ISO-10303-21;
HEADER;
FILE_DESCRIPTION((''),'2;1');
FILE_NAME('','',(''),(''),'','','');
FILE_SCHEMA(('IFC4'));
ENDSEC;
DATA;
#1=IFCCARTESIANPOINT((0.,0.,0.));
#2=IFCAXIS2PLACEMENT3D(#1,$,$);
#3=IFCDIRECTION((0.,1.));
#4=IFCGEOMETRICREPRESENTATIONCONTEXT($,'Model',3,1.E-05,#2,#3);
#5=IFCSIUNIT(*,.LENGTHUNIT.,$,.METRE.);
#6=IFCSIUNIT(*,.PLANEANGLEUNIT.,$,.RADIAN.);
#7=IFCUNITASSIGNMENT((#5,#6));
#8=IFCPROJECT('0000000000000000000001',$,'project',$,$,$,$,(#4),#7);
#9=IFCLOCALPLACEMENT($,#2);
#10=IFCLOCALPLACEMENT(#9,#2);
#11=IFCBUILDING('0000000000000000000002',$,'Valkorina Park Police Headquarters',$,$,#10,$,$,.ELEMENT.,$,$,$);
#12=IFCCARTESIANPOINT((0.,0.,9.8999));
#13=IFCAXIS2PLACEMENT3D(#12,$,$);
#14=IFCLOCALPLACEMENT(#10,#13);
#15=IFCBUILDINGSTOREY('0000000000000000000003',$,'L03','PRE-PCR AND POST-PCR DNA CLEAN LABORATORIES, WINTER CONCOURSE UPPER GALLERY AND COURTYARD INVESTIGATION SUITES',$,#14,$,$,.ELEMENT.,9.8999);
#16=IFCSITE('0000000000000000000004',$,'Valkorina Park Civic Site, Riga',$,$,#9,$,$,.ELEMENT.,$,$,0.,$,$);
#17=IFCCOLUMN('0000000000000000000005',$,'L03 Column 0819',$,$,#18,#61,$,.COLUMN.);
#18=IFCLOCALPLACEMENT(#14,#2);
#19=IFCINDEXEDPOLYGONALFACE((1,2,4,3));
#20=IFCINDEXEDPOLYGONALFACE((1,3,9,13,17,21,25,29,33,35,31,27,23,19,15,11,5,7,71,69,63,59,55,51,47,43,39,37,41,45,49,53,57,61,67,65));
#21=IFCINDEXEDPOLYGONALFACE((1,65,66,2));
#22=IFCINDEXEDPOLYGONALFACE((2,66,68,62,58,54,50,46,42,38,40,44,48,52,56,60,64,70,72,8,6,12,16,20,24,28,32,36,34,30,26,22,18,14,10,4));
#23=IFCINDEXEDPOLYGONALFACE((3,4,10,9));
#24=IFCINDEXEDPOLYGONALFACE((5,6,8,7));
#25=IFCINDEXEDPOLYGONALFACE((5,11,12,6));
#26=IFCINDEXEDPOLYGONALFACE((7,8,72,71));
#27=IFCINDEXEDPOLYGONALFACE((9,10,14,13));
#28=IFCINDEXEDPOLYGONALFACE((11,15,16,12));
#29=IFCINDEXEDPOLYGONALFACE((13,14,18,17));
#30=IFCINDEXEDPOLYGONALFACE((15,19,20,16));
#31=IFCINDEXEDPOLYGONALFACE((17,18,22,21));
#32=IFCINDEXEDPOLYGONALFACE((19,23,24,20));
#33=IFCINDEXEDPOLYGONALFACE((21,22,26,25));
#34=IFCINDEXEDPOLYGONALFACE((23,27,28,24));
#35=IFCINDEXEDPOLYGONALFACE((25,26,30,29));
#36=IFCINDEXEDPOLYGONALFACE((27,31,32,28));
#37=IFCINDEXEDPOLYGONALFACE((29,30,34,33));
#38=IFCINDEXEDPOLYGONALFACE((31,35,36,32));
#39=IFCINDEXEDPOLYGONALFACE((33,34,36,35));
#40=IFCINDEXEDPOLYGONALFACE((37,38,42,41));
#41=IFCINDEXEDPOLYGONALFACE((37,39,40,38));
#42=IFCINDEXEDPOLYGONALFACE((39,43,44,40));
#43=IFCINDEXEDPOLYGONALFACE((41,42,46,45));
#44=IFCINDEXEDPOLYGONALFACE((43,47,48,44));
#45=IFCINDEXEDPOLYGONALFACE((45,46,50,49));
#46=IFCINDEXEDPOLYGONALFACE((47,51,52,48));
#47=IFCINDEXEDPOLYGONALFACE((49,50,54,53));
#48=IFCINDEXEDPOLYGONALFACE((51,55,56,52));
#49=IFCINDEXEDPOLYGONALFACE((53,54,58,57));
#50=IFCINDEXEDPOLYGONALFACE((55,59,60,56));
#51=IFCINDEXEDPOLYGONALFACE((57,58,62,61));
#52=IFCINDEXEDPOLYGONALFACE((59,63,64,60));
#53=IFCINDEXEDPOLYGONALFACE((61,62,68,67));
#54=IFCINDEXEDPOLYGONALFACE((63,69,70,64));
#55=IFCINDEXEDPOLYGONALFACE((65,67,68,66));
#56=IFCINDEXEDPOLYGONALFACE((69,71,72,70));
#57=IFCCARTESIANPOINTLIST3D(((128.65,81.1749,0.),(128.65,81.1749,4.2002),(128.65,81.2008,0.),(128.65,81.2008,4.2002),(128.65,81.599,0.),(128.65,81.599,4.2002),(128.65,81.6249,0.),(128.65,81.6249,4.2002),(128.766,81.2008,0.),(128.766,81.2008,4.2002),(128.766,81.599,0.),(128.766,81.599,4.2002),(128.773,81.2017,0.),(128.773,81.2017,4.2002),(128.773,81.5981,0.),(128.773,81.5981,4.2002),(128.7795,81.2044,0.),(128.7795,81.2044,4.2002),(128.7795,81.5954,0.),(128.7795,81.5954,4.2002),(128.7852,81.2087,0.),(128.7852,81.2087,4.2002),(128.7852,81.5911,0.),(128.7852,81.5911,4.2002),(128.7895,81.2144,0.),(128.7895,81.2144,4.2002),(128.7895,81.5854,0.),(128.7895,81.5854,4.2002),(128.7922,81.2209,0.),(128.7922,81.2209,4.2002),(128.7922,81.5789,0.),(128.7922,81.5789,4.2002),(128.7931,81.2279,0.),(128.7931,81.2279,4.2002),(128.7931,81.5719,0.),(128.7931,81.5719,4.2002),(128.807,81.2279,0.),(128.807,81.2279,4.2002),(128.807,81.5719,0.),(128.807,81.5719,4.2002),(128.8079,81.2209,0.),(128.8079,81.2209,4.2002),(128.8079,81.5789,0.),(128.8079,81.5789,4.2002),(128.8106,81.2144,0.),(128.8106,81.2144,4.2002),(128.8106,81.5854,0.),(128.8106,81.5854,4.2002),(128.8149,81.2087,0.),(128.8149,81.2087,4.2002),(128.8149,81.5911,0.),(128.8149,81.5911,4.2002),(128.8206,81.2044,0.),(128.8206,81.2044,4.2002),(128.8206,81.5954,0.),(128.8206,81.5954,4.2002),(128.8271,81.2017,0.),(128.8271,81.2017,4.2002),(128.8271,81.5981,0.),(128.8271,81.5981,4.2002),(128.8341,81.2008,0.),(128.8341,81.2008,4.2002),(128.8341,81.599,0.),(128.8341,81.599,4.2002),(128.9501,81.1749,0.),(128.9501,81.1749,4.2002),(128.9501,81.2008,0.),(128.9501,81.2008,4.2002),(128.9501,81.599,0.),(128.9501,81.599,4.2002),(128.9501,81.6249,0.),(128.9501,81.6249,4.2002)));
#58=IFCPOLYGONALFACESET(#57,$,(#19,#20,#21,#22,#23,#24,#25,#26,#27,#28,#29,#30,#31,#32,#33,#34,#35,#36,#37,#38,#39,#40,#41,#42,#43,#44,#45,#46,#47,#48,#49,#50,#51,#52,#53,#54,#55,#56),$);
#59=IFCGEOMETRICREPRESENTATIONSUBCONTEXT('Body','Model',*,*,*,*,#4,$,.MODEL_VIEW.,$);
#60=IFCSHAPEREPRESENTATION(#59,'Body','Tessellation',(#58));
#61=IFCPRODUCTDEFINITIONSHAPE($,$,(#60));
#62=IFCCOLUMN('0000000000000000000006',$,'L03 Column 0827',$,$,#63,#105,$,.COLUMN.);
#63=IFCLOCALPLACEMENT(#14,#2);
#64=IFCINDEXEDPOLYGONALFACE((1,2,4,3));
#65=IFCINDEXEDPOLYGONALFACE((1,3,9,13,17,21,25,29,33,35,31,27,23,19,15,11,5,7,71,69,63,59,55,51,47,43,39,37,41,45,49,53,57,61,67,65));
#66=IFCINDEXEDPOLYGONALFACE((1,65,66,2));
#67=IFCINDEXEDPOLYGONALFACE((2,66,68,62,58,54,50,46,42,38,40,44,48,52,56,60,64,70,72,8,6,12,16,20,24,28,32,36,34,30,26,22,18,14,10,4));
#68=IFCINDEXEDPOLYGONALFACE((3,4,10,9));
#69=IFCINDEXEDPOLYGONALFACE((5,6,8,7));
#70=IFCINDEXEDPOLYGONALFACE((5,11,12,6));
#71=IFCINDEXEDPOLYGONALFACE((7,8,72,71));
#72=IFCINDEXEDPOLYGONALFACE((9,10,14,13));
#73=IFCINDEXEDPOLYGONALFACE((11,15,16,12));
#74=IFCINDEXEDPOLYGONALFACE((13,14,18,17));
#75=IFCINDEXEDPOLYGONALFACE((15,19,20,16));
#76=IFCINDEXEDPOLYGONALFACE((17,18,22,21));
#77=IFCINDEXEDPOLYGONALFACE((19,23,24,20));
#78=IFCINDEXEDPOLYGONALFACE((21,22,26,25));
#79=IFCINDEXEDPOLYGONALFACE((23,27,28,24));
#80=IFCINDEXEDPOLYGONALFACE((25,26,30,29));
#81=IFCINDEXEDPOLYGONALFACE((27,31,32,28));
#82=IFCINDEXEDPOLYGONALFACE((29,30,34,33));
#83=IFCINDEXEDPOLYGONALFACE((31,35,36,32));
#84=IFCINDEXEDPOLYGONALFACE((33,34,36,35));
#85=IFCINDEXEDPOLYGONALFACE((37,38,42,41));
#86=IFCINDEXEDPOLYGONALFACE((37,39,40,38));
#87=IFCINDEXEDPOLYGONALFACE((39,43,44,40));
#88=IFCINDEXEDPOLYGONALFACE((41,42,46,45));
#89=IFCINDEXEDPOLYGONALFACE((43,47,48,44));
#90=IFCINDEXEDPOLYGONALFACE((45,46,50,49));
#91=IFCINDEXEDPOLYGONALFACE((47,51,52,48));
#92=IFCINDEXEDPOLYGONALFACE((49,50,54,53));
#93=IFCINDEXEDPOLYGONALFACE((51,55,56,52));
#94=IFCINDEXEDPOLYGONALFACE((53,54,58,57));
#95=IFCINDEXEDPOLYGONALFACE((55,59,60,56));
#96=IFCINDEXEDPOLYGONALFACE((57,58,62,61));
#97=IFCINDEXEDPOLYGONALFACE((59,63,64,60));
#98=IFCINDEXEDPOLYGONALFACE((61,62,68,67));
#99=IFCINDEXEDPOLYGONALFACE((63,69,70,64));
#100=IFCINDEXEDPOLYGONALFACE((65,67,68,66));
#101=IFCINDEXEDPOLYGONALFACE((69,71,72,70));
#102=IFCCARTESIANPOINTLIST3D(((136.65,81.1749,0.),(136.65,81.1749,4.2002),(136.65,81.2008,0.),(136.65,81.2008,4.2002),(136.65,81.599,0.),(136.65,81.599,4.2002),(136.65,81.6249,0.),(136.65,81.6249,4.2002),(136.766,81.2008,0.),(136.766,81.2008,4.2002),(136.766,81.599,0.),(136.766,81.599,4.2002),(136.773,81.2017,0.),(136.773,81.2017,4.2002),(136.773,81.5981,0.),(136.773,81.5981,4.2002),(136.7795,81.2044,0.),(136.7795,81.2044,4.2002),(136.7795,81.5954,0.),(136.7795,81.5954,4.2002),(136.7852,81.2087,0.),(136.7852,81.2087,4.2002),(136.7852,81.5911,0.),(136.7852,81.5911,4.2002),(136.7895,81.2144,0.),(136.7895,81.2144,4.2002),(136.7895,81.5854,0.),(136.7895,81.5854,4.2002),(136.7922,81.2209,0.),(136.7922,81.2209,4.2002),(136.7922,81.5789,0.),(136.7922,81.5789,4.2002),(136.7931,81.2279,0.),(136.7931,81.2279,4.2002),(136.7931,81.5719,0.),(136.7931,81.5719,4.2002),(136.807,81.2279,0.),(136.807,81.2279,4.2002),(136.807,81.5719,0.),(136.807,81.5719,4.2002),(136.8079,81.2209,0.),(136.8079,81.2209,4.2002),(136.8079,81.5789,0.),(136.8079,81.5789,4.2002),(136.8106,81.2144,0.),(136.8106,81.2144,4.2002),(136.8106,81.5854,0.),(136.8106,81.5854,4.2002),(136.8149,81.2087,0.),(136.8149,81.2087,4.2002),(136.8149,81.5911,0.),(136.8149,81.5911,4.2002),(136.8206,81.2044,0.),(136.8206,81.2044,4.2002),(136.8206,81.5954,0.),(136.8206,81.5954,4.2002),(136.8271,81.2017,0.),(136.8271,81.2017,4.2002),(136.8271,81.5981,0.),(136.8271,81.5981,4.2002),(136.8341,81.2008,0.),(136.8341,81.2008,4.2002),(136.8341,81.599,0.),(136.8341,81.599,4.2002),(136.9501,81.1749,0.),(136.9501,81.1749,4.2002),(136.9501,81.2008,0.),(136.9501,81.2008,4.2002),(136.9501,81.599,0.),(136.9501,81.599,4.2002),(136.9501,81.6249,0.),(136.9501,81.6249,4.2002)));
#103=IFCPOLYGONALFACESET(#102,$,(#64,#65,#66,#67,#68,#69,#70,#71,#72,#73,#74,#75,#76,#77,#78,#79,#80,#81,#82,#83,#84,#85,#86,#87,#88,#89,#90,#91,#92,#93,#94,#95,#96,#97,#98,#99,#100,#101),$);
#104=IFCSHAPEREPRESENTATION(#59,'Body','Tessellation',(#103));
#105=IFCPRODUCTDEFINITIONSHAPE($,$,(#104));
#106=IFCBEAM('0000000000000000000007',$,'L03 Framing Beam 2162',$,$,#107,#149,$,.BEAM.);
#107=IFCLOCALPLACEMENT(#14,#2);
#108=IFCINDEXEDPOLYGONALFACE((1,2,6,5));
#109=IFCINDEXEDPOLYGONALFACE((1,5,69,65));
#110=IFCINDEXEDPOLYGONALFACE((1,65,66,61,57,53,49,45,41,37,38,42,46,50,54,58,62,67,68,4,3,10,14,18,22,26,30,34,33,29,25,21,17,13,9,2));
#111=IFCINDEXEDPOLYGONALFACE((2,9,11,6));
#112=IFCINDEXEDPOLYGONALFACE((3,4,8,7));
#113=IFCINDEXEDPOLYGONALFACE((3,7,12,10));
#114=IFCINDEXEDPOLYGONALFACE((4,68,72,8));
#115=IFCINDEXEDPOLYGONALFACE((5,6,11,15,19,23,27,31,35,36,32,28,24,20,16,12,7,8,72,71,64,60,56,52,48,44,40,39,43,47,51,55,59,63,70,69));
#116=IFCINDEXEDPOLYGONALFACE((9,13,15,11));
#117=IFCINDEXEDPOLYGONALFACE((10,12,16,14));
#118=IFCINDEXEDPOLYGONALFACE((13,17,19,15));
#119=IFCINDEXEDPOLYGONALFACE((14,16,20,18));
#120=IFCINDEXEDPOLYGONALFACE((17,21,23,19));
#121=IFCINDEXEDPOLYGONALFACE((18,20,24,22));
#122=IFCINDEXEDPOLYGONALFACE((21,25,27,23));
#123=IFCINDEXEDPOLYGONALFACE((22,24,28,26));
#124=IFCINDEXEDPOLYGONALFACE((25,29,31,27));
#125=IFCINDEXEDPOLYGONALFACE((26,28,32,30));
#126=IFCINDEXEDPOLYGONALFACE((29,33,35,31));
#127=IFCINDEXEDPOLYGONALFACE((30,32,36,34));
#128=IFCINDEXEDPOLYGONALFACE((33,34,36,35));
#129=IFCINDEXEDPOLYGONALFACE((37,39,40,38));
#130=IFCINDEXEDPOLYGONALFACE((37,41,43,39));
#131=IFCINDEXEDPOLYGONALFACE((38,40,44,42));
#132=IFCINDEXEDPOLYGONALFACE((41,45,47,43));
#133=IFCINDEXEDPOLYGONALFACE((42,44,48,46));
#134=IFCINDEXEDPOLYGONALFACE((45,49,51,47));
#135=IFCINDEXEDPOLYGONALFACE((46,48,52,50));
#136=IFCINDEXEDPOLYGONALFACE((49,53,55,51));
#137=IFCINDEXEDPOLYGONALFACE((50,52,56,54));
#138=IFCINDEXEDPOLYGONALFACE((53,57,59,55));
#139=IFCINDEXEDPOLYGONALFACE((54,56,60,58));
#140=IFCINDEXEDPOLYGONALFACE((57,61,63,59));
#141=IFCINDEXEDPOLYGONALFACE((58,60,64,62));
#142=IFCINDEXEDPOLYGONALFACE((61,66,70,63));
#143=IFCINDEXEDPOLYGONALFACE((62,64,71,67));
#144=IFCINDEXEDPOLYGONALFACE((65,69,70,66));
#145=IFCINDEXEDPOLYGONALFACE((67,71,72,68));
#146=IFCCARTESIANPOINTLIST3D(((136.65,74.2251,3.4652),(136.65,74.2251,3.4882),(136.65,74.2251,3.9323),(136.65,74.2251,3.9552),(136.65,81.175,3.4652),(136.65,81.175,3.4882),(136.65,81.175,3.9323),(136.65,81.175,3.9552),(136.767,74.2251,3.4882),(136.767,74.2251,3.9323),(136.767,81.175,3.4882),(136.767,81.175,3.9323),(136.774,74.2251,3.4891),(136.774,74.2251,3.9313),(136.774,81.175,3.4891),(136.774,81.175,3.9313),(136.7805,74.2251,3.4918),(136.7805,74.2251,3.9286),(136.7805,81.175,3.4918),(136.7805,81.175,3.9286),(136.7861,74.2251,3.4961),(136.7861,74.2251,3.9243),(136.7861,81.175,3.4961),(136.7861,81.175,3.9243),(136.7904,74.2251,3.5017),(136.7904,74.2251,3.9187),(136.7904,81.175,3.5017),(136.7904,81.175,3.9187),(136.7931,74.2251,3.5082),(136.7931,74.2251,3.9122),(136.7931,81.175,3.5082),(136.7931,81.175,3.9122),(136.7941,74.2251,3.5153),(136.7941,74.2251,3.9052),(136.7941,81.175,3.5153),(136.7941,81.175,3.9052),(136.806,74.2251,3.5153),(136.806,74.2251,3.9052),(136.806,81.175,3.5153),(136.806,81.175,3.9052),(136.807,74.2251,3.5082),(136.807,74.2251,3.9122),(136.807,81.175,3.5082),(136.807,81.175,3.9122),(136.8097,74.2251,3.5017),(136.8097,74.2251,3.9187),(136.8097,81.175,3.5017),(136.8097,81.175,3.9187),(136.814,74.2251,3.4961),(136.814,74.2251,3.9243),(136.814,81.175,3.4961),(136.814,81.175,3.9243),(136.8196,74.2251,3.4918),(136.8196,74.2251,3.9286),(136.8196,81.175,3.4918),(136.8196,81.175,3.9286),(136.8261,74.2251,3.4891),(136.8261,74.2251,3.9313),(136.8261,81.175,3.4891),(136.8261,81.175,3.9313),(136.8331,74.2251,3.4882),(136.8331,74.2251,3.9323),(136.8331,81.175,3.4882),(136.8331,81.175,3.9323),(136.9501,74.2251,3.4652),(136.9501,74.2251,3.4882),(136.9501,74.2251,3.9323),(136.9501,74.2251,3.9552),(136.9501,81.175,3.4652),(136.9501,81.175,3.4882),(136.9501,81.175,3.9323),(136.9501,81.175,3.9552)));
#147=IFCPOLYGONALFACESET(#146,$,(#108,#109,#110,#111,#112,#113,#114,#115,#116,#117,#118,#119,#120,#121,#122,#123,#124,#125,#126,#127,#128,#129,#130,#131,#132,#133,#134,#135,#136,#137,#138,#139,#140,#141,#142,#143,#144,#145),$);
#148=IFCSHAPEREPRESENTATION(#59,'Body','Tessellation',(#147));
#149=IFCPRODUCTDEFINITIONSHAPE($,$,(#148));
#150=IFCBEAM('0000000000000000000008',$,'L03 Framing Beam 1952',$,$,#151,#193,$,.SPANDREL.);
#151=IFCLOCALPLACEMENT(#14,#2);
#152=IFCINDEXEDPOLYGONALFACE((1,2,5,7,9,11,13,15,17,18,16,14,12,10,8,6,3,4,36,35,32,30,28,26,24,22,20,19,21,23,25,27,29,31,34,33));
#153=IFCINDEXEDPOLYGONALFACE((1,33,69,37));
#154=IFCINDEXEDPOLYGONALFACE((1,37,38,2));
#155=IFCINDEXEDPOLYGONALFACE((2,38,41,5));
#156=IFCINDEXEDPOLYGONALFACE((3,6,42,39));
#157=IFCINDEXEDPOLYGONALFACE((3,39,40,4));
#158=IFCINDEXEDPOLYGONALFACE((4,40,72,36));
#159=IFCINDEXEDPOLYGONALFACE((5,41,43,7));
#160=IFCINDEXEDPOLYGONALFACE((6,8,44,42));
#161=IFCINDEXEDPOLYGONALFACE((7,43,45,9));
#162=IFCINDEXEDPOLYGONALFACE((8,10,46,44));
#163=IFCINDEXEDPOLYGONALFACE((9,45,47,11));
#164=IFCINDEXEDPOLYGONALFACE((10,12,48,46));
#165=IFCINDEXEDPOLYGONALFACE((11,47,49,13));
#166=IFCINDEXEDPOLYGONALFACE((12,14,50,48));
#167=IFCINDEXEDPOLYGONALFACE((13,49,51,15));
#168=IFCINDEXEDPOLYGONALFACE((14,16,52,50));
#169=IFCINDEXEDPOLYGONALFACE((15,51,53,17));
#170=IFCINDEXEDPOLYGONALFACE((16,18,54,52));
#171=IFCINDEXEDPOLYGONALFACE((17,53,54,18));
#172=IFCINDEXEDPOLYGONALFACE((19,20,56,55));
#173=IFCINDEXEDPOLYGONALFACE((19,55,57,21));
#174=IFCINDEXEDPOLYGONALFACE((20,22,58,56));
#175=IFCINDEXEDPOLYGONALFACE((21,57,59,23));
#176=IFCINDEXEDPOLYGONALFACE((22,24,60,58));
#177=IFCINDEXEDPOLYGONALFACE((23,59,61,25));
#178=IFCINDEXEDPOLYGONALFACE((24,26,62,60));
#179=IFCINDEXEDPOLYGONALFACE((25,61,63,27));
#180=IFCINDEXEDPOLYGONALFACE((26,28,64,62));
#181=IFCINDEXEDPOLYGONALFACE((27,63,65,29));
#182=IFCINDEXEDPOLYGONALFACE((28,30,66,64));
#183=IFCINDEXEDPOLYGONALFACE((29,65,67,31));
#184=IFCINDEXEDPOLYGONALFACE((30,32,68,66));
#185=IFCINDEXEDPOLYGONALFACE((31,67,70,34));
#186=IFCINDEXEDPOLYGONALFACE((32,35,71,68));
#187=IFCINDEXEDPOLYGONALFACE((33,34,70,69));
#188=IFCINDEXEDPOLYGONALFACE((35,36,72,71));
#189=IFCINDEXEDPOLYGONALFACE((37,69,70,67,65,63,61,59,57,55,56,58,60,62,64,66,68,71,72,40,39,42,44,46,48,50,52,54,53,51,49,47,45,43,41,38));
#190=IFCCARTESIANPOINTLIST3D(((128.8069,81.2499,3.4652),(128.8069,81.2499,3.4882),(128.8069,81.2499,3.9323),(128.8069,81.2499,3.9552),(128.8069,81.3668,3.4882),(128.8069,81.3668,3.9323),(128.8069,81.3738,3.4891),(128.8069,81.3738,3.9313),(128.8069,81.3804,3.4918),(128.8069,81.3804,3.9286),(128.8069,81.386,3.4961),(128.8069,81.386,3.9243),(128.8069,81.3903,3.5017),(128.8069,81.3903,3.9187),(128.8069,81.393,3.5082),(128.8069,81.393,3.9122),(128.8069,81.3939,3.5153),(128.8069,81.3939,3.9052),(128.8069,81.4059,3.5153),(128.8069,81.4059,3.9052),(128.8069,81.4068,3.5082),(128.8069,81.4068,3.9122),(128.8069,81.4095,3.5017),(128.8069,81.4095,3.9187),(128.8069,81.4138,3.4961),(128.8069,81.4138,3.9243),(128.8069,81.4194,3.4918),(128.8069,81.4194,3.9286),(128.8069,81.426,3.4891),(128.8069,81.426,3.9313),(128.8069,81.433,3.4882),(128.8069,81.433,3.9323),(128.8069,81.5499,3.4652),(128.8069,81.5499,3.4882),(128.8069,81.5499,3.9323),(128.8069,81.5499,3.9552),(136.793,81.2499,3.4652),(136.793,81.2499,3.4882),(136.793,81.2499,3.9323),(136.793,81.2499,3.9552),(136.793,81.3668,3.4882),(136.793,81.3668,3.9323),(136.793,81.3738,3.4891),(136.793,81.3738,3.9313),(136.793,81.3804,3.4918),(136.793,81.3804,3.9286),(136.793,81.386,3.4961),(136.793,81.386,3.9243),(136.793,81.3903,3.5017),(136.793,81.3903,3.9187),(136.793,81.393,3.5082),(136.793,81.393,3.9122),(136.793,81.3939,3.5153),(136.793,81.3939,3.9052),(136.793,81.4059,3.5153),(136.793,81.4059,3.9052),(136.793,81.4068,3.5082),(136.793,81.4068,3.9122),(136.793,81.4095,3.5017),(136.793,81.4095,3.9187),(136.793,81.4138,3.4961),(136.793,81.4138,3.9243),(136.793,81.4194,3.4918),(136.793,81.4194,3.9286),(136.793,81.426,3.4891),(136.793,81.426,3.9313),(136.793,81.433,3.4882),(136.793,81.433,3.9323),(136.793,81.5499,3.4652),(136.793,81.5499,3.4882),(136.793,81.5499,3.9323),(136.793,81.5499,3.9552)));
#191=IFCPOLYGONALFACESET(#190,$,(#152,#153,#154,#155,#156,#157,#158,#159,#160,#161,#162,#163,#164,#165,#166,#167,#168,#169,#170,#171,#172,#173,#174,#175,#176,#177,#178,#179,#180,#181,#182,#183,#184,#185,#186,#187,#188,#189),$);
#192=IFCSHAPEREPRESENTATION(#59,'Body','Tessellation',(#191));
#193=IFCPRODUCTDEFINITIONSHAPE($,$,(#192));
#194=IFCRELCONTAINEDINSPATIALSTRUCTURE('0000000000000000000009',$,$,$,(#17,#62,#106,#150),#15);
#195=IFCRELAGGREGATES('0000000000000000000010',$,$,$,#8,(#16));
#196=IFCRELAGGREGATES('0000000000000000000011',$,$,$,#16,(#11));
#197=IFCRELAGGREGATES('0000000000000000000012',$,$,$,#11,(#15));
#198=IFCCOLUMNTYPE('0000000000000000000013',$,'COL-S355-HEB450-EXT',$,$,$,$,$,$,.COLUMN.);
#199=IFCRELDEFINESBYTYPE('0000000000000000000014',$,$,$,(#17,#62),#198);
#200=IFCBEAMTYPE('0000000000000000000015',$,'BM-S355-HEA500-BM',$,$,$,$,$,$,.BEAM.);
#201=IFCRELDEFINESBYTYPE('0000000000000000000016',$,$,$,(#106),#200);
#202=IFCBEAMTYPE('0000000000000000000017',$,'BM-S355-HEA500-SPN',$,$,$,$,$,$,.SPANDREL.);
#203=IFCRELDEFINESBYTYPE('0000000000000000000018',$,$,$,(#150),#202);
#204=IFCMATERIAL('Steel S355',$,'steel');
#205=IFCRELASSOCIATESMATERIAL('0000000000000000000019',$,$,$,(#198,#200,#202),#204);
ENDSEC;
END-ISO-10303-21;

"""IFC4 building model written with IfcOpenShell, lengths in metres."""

from ifc_helpers import new_model, si_unit, direction, frame, origin, origin_2d, place, context, subcontext, project, spatial, i_section, extrude, material, material_profile, profile_set, type_object, element, save


model = new_model("IFC4")

# Units and contexts
model_context = context("Model", 3, precision=1e-05, world=origin(), true_north=direction((0.0, 1.0)))
body_context = subcontext(model_context, "Body", "Model", "MODEL_VIEW")
ifc_project = project(units=[si_unit("LENGTHUNIT", "METRE"), si_unit("PLANEANGLEUNIT", "RADIAN")], contexts=[model_context])

# Site, building, storey
site_placement = place(None, origin())
site = spatial("IfcSite", under=ifc_project, at=site_placement, Name="Valkorina Park Civic Site, Riga", CompositionType="ELEMENT", RefElevation=0.0)
building_placement = place(site_placement, origin())
building = spatial("IfcBuilding", under=site, at=building_placement, Name="Valkorina Park Police Headquarters", CompositionType="ELEMENT")
storey_placement = place(building_placement, frame((0.0, 0.0, 9.8999)))
storey = spatial("IfcBuildingStorey", under=building, at=storey_placement, Name="L03", Description="PRE-PCR AND POST-PCR DNA CLEAN LABORATORIES, WINTER CONCOURSE UPPER GALLERY AND COURTYARD INVESTIGATION SUITES", CompositionType="ELEMENT", Elevation=9.8999)

# Columns
ifc_material_1 = material(Name="Steel S355", Category="steel")
ifc_material_profile_1 = material_profile(ifc_material_1, i_section(OverallWidth=0.3, OverallDepth=0.45, WebThickness=0.0139, FlangeThickness=0.0259, FilletRadius=0.0271, at=origin_2d()), Name="HEB 450")
ifc_profile_set_1 = profile_set([ifc_material_profile_1], Name="Steel S355")
column_type = type_object("IfcColumnType", Name="COL-S355-HEB450-EXT", PredefinedType="COLUMN", material=ifc_profile_set_1)
for number, where, z_axis, x_axis, name in (
    (1, (128.8, 81.3999, 0.0), (0.0, 0.0, 1.0), (1.0, 0.0, 0.0), "L03 Column 0819"),
    (2, (136.8, 81.3999, 0.0), (0.0, 0.0, 1.0), (1.0, 0.0, 0.0), "L03 Column 0827"),
):
    element("IfcColumn", number, at=place(storey_placement, frame(where, z_axis=z_axis, x_axis=x_axis)), inside=storey, type_object=column_type, Name=name, PredefinedType="COLUMN", context=body_context, shape_type="SweptSolid", body=[
        extrude(i_section(OverallWidth=0.3, OverallDepth=0.45, WebThickness=0.0139, FlangeThickness=0.0259, FilletRadius=0.0271, at=origin_2d()), origin(), (0.0, 0.0, 1.0), 4.2002),
    ])

# Beams
ifc_material_profile_2 = material_profile(ifc_material_1, i_section(OverallWidth=0.3, OverallDepth=0.49, WebThickness=0.012, FlangeThickness=0.0229, FilletRadius=0.0271, at=origin_2d()), Name="HEA 500")
ifc_profile_set_2 = profile_set([ifc_material_profile_2], Name="Steel S355")
beam_type_1 = type_object("IfcBeamType", Name="BM-S355-HEA500-BM", PredefinedType="BEAM", material=ifc_profile_set_2)
beam_placement = place(storey_placement, frame((136.8, 74.2251, 3.7102), z_axis=(0.0, 1.0, 0.0), x_axis=(-1.0, 0.0, 0.0)))
element("IfcBeam", 3, at=beam_placement, inside=storey, type_object=beam_type_1, Name="L03 Framing Beam 2162", PredefinedType="BEAM", context=body_context, shape_type="SweptSolid", body=[
    extrude(i_section(OverallWidth=0.3, OverallDepth=0.49, WebThickness=0.012, FlangeThickness=0.0229, FilletRadius=0.0271, at=origin_2d()), origin(), (0.0, 0.0, 1.0), 6.95),
])
ifc_material_profile_3 = material_profile(ifc_material_1, i_section(OverallWidth=0.3, OverallDepth=0.49, WebThickness=0.012, FlangeThickness=0.0229, FilletRadius=0.0271, at=origin_2d()), Name="HEA 500")
ifc_profile_set_3 = profile_set([ifc_material_profile_3], Name="Steel S355")
beam_type_2 = type_object("IfcBeamType", Name="BM-S355-HEA500-SPN", PredefinedType="SPANDREL", material=ifc_profile_set_3)
for number, where, z_axis, x_axis, name in (
    (4, (128.8069, 81.3999, 3.7102), (1.0, 0.0, 0.0), (0.0, 1.0, 0.0), "L03 Framing Beam 1952"),
):
    element("IfcBeam", number, at=place(storey_placement, frame(where, z_axis=z_axis, x_axis=x_axis)), inside=storey, type_object=beam_type_2, Name=name, PredefinedType="SPANDREL", context=body_context, shape_type="SweptSolid", body=[
        extrude(i_section(OverallWidth=0.3, OverallDepth=0.49, WebThickness=0.012, FlangeThickness=0.0229, FilletRadius=0.0271, at=origin_2d()), origin(), (0.0, 0.0, 1.0), 7.9861),
    ])

save(model, "model.ifc")
